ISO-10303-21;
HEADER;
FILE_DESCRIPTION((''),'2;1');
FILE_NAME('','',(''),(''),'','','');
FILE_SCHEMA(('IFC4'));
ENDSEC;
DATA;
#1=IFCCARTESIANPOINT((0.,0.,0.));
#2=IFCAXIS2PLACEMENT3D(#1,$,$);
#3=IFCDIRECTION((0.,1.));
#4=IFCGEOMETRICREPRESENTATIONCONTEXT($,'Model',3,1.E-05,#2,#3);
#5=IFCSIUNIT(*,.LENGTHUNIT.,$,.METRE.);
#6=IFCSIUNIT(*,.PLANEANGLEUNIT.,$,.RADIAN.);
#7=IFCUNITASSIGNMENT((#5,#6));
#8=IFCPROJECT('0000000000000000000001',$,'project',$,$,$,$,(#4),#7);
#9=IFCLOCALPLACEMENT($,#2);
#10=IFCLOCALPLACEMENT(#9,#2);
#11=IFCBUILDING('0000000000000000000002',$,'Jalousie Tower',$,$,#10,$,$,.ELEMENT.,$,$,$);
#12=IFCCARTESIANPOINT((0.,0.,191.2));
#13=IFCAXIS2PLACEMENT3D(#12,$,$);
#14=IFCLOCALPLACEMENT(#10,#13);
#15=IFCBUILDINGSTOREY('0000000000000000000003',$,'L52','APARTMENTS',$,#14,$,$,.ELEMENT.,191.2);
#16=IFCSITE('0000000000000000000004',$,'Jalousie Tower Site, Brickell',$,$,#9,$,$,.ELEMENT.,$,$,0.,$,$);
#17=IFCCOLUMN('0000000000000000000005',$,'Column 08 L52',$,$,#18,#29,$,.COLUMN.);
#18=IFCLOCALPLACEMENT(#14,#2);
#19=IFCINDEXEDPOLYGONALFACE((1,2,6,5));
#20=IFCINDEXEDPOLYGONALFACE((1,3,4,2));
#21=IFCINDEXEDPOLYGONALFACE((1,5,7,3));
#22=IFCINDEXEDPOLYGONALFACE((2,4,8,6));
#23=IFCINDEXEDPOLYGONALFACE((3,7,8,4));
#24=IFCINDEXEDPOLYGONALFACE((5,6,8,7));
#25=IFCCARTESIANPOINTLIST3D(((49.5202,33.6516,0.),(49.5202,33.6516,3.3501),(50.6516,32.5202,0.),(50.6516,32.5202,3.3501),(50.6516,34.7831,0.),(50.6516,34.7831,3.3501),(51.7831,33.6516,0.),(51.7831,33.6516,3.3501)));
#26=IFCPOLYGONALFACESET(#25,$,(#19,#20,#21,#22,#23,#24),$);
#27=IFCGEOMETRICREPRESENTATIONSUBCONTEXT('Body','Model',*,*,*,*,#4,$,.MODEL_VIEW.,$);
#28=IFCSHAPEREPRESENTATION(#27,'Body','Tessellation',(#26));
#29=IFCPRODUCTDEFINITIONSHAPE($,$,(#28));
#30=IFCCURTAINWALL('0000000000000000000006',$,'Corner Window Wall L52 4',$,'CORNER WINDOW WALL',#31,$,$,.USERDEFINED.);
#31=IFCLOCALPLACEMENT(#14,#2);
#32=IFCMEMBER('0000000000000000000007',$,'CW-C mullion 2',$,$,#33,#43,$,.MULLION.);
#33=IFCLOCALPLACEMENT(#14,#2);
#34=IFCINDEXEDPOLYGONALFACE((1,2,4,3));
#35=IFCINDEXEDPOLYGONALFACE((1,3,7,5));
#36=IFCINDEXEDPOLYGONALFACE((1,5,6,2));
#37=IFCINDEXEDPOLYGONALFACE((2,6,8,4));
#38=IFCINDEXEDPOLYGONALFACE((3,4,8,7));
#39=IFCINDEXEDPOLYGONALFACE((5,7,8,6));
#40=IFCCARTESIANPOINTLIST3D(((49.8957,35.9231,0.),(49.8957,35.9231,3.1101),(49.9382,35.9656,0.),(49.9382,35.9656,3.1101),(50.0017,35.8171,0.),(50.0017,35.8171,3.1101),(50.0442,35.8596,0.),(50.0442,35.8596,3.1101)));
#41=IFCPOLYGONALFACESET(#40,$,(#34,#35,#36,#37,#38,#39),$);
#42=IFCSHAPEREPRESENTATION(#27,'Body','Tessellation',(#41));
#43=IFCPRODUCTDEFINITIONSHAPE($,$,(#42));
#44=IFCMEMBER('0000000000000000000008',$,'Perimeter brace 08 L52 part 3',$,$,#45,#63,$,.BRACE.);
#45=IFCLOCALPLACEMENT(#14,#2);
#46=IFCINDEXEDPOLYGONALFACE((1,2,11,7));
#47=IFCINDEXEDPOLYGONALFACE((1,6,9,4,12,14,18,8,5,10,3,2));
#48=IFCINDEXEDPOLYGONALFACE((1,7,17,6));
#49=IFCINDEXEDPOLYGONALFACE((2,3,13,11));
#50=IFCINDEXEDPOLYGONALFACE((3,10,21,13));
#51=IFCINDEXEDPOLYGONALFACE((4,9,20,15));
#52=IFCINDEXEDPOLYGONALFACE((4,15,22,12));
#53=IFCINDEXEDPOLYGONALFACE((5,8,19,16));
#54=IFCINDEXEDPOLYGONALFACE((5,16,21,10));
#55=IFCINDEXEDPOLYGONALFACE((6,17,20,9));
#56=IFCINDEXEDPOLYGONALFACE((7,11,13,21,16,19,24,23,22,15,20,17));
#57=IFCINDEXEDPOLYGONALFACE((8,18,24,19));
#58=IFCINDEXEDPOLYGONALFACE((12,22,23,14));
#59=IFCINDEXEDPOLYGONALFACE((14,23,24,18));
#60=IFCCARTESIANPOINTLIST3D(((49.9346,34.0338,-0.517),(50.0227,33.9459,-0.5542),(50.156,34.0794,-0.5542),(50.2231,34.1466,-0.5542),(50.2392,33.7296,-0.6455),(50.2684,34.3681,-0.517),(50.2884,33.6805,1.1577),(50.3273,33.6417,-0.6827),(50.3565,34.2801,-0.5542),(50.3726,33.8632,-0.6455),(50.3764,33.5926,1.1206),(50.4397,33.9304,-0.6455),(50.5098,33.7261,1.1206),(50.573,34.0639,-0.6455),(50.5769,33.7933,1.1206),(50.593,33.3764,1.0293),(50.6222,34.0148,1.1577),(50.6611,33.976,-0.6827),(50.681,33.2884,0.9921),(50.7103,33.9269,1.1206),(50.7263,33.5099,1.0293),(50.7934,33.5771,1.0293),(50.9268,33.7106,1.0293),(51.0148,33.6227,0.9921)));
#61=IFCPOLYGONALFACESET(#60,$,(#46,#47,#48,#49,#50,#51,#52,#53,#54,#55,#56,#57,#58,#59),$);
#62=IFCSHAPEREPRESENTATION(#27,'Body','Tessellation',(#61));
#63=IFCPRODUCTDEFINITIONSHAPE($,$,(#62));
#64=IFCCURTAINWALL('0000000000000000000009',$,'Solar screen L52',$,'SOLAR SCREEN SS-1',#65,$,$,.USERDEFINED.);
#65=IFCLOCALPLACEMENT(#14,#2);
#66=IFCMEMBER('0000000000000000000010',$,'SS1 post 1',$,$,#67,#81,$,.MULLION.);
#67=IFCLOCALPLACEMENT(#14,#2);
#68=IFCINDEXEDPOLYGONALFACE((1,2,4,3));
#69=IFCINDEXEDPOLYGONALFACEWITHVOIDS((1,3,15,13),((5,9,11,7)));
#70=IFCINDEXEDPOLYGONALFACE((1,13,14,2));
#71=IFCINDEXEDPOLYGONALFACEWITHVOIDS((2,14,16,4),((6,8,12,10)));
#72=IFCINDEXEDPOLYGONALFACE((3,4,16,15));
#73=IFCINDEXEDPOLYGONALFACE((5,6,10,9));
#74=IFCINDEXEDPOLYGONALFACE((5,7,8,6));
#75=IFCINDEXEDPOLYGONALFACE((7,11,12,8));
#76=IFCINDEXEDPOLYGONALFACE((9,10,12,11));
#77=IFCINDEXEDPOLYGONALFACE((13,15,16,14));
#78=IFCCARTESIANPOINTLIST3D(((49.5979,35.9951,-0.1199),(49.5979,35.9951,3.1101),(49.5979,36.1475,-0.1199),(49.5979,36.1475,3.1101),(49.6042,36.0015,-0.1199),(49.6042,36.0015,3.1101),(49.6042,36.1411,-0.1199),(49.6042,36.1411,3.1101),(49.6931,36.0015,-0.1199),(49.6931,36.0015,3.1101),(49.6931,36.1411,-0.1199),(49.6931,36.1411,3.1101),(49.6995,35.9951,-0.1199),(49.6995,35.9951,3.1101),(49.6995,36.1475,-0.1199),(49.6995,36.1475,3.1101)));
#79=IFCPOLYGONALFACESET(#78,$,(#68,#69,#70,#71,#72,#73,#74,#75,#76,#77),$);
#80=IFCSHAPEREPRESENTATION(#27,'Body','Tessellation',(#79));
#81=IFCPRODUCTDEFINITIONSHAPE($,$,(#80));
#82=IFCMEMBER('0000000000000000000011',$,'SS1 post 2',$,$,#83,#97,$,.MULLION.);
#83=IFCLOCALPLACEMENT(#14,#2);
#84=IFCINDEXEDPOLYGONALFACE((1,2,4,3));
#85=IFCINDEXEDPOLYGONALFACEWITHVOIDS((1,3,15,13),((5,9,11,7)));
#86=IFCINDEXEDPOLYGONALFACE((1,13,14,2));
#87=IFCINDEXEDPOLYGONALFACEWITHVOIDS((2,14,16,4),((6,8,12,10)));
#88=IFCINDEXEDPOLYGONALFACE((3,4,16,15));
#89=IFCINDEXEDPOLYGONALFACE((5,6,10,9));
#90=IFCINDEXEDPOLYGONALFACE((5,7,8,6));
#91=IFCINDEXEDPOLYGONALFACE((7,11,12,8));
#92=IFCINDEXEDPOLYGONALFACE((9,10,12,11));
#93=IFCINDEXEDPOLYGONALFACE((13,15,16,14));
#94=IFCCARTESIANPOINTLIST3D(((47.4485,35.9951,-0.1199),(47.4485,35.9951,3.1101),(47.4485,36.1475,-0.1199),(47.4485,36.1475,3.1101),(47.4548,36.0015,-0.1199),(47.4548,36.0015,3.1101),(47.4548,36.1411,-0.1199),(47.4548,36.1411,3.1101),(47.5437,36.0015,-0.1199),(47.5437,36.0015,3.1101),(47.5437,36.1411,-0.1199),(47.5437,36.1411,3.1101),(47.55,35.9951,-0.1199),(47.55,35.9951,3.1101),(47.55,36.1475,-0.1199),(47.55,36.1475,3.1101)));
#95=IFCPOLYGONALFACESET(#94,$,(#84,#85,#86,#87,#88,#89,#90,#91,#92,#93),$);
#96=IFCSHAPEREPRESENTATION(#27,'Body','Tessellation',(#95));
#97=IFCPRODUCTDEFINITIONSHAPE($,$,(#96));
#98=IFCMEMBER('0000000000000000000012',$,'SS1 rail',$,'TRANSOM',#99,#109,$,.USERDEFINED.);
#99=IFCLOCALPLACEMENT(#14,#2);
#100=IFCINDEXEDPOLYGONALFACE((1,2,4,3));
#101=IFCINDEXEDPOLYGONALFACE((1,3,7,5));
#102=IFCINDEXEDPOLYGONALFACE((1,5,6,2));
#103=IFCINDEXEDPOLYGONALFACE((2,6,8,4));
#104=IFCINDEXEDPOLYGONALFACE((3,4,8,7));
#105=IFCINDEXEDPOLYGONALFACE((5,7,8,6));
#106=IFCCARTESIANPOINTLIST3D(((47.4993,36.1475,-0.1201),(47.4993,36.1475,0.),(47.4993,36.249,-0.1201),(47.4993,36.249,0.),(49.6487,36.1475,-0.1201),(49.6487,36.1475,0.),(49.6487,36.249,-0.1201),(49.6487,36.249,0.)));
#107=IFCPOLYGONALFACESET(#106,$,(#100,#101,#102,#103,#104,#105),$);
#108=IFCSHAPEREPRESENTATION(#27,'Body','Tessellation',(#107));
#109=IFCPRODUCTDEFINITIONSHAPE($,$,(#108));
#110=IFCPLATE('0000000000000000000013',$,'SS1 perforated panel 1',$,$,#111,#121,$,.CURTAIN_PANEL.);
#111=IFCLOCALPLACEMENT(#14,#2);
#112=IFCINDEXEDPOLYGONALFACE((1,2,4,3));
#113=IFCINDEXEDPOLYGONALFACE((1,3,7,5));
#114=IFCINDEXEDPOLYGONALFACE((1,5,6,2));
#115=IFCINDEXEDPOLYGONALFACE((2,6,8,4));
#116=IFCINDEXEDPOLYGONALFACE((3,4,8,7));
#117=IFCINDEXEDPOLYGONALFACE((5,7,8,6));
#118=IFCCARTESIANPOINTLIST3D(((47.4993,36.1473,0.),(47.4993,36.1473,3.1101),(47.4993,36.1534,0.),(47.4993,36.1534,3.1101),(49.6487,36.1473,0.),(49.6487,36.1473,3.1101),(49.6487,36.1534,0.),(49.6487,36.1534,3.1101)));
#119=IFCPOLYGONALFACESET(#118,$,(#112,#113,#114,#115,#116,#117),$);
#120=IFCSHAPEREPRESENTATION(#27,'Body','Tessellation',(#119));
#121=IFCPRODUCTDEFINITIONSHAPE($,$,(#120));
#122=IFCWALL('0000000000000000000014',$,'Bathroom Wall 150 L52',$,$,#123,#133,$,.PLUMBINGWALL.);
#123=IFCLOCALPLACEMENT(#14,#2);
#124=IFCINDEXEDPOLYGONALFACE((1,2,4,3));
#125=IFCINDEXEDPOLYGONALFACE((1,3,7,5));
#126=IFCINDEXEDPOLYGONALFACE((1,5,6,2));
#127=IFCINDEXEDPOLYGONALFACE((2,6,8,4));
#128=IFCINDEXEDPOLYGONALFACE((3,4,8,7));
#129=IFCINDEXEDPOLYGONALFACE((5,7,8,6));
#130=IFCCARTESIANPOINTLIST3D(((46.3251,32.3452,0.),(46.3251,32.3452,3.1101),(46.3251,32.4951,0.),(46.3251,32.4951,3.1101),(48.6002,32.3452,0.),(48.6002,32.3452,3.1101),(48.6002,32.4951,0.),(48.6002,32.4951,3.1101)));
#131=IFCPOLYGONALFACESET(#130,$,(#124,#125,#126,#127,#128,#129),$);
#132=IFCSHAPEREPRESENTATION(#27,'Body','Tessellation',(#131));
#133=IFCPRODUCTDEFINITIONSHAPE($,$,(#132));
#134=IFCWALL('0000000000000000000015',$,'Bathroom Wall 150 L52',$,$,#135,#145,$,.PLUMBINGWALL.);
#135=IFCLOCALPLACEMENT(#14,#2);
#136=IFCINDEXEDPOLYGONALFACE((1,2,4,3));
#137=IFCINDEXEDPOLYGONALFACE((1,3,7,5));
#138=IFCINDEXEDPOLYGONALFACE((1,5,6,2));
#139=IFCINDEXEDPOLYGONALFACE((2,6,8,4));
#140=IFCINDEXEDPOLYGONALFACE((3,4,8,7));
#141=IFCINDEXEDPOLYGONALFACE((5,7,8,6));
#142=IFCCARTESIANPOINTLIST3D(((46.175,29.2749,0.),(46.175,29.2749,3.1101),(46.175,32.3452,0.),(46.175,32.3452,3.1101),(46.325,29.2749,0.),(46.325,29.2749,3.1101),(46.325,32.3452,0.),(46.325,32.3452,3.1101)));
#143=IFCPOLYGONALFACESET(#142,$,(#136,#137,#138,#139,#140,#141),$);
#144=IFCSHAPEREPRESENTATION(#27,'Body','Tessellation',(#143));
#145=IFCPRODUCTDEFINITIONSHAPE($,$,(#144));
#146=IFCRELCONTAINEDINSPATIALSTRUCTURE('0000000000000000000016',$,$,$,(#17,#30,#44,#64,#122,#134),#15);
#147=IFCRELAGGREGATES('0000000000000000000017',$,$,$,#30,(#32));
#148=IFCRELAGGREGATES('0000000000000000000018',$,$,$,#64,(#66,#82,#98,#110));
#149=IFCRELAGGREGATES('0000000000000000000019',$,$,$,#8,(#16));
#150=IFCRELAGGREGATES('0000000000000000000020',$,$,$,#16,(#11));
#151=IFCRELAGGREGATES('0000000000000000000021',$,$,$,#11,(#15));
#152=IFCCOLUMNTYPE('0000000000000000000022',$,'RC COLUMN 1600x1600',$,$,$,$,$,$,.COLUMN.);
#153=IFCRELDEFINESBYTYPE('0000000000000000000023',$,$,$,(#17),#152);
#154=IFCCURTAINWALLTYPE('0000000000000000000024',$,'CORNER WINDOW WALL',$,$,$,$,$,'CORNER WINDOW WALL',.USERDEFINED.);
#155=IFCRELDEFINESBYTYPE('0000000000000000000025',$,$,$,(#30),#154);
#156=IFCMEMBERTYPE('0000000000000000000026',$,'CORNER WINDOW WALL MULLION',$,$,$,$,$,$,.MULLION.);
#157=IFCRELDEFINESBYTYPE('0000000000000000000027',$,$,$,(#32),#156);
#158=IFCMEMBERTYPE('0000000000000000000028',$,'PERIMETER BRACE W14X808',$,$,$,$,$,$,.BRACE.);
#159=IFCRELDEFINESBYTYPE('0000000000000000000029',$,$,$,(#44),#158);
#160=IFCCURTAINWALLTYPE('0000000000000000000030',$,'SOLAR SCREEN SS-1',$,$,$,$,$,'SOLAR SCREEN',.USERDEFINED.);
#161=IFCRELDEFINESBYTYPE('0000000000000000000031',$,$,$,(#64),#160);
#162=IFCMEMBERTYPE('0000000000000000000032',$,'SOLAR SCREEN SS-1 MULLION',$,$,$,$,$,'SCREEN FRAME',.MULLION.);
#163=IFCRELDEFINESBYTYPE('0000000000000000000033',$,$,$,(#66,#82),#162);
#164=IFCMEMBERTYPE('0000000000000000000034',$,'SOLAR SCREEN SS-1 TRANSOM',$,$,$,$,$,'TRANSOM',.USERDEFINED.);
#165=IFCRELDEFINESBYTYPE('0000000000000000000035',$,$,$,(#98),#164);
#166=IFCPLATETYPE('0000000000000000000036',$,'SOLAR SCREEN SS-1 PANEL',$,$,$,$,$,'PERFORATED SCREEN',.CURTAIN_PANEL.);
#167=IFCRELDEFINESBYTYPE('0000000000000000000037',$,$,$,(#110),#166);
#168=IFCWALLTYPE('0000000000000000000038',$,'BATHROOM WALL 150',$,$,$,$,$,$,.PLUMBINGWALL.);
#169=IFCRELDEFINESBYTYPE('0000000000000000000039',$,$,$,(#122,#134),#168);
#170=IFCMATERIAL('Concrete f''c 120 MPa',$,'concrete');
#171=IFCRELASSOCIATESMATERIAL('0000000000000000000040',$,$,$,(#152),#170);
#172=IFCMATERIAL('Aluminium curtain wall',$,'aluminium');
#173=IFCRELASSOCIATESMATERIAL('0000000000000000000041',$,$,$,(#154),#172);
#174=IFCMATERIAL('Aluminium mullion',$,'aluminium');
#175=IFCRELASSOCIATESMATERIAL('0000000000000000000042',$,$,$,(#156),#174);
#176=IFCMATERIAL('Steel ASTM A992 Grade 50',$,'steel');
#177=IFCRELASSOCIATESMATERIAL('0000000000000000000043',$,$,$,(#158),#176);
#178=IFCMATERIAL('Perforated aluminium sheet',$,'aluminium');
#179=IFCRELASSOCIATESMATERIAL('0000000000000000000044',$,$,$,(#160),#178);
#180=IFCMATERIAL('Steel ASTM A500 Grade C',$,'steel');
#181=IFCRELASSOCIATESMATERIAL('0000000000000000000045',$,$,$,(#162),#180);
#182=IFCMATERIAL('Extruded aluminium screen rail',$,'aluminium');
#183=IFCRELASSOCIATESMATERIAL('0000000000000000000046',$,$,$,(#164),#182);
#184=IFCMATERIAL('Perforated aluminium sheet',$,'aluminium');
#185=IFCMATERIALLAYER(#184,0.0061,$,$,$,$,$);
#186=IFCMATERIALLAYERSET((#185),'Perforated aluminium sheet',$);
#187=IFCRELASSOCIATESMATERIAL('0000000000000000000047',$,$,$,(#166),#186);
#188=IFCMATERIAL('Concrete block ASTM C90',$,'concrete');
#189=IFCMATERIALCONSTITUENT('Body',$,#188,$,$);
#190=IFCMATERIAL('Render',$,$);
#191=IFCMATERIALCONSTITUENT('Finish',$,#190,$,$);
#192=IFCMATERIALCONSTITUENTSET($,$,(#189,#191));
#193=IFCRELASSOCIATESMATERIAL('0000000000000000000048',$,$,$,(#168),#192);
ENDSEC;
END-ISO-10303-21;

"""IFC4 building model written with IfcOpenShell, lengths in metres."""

from ifc_helpers import new_model, si_unit, direction, frame, frame_2d, origin, origin_2d, place, context, subcontext, project, spatial, rectangle, hollow_rectangle, i_section, extrude, material, layer, layer_set, constituent, constituent_set, material_profile, profile_set, type_object, element, aggregate, save


model = new_model("IFC4")

# Units and contexts
model_context = context("Model", 3, precision=1e-05, world=origin(), true_north=direction((0.0, 1.0)))
body_context = subcontext(model_context, "Body", "Model", "MODEL_VIEW")
ifc_project = project(units=[si_unit("LENGTHUNIT", "METRE"), si_unit("PLANEANGLEUNIT", "RADIAN")], contexts=[model_context])

# Site, building, storey
site_placement = place(None, origin())
site = spatial("IfcSite", under=ifc_project, at=site_placement, Name="Jalousie Tower Site, Brickell", CompositionType="ELEMENT", RefElevation=0.0)
building_placement = place(site_placement, origin())
building = spatial("IfcBuilding", under=site, at=building_placement, Name="Jalousie Tower", CompositionType="ELEMENT")
storey_placement = place(building_placement, frame((0.0, 0.0, 191.2)))
storey = spatial("IfcBuildingStorey", under=building, at=storey_placement, Name="L52", Description="APARTMENTS", CompositionType="ELEMENT", Elevation=191.2)

# Column
ifc_material_1 = material(Name="Concrete f'c 120 MPa", Category="concrete")
ifc_material_profile_1 = material_profile(ifc_material_1, rectangle(XDim=1.6001, YDim=1.6001, at=origin_2d()), Name="RC 1600x1600")
ifc_profile_set_1 = profile_set([ifc_material_profile_1], Name="Concrete f'c 120 MPa")
column_type = type_object("IfcColumnType", Name="RC COLUMN 1600x1600", PredefinedType="COLUMN", material=ifc_profile_set_1)
column_placement = place(storey_placement, frame((50.6516, 33.6516, 0.0), z_axis=(0.0, 0.0, 1.0), x_axis=(0.707107, 0.707107, 0.0)))
element("IfcColumn", 1, at=column_placement, inside=storey, type_object=column_type, Name="Column 08 L52", PredefinedType="COLUMN", context=body_context, shape_type="SweptSolid", body=[
    extrude(rectangle(XDim=1.6001, YDim=1.6001, at=origin_2d()), origin(), (0.0, 0.0, 1.0), 3.3501),
])

# Curtain wall, member
ifc_material_2 = material(Name="Aluminium curtain wall", Category="aluminium")
curtain_wall_type_1 = type_object("IfcCurtainWallType", Name="CORNER WINDOW WALL", ElementType="CORNER WINDOW WALL", PredefinedType="USERDEFINED", material=ifc_material_2)
curtain_wall_1_placement = place(storey_placement, origin())
curtain_wall_1 = element("IfcCurtainWall", 2, at=curtain_wall_1_placement, inside=storey, type_object=curtain_wall_type_1, Name="Corner Window Wall L52 4", ObjectType="CORNER WINDOW WALL", PredefinedType="USERDEFINED")
ifc_material_3 = material(Name="Aluminium mullion", Category="aluminium")
ifc_material_profile_2 = material_profile(ifc_material_3, rectangle(XDim=0.0601, YDim=0.1499, at=origin_2d()), Name="MULLION 60x150")
ifc_profile_set_2 = profile_set([ifc_material_profile_2], Name="Aluminium mullion")
member_type_1 = type_object("IfcMemberType", Name="CORNER WINDOW WALL MULLION", PredefinedType="MULLION", material=ifc_profile_set_2)
member_1_placement = place(storey_placement, frame((49.97, 35.8914, 0.0), z_axis=(0.0, 0.0, 1.0), x_axis=(-0.707107, -0.707107, 0.0)))
member_1 = element("IfcMember", 3, at=member_1_placement, type_object=member_type_1, Name="CW-C mullion 2", PredefinedType="MULLION", context=body_context, shape_type="SweptSolid", body=[
    extrude(rectangle(XDim=0.0601, YDim=0.1499, at=origin_2d()), origin(), (0.0, 0.0, 1.0), 3.1101),
])
aggregate(curtain_wall_1, [member_1])

# Member
ifc_material_4 = material(Name="Steel ASTM A992 Grade 50", Category="steel")
ifc_material_profile_3 = material_profile(ifc_material_4, i_section(OverallWidth=0.4724, OverallDepth=0.5791, WebThickness=0.095, FlangeThickness=0.1299, at=origin_2d()), Name="W14X808")
ifc_profile_set_3 = profile_set([ifc_material_profile_3], Name="Steel ASTM A992 Grade 50")
member_type_2 = type_object("IfcMemberType", Name="PERIMETER BRACE W14X808", PredefinedType="BRACE", material=ifc_profile_set_3)
member_2_placement = place(storey_placement, frame((50.2979, 34.0049, -0.5999), z_axis=(0.202399, -0.20212, 0.958218), x_axis=(0.706618, 0.707595, 0.0)))
element("IfcMember", 4, at=member_2_placement, inside=storey, type_object=member_type_2, Name="Perimeter brace 08 L52 part 3", PredefinedType="BRACE", context=body_context, shape_type="SweptSolid", body=[
    extrude(i_section(OverallWidth=0.4724, OverallDepth=0.5791, WebThickness=0.095, FlangeThickness=0.1299, at=origin_2d()), origin(), (0.0, 0.0, 1.0), 1.7478),
])

# Curtain wall, members, plate
ifc_material_5 = material(Name="Perforated aluminium sheet", Category="aluminium")
curtain_wall_type_2 = type_object("IfcCurtainWallType", Name="SOLAR SCREEN SS-1", ElementType="SOLAR SCREEN", PredefinedType="USERDEFINED", material=ifc_material_5)
curtain_wall_2_placement = place(storey_placement, origin())
curtain_wall_2 = element("IfcCurtainWall", 5, at=curtain_wall_2_placement, inside=storey, type_object=curtain_wall_type_2, Name="Solar screen L52", ObjectType="SOLAR SCREEN SS-1", PredefinedType="USERDEFINED")
ifc_material_6 = material(Name="Steel ASTM A500 Grade C", Category="steel")
ifc_material_profile_4 = material_profile(ifc_material_6, hollow_rectangle(XDim=0.1016, YDim=0.1523, WallThickness=0.0063, at=origin_2d()), Name="HSS6X4X1/4")
ifc_profile_set_4 = profile_set([ifc_material_profile_4], Name="Steel ASTM A500 Grade C")
member_type_3 = type_object("IfcMemberType", Name="SOLAR SCREEN SS-1 MULLION", ElementType="SCREEN FRAME", PredefinedType="MULLION", material=ifc_profile_set_4)
member_3_placement = place(storey_placement, frame((49.6487, 36.0713, -0.1199), z_axis=(0.0, 0.0, 1.0), x_axis=(-1.0, 0.0, 0.0)))
member_3 = element("IfcMember", 6, at=member_3_placement, type_object=member_type_3, Name="SS1 post 1", PredefinedType="MULLION", context=body_context, shape_type="SweptSolid", body=[
    extrude(hollow_rectangle(XDim=0.1016, YDim=0.1523, WallThickness=0.0063, at=origin_2d()), origin(), (0.0, 0.0, 1.0), 3.23),
])
member_4_placement = place(storey_placement, frame((47.4993, 36.0713, -0.1199), z_axis=(0.0, 0.0, 1.0), x_axis=(-1.0, 0.0, 0.0)))
member_4 = element("IfcMember", 7, at=member_4_placement, type_object=member_type_3, Name="SS1 post 2", PredefinedType="MULLION", context=body_context, shape_type="SweptSolid", body=[
    extrude(hollow_rectangle(XDim=0.1016, YDim=0.1523, WallThickness=0.0063, at=origin_2d()), origin(), (0.0, 0.0, 1.0), 3.23),
])
ifc_material_7 = material(Name="Extruded aluminium screen rail", Category="aluminium")
ifc_material_profile_5 = material_profile(ifc_material_7, rectangle(XDim=0.1016, YDim=0.1201, at=origin_2d()), Name="RAIL 102x120")
ifc_profile_set_5 = profile_set([ifc_material_profile_5], Name="Extruded aluminium screen rail")
member_type_4 = type_object("IfcMemberType", Name="SOLAR SCREEN SS-1 TRANSOM", ElementType="TRANSOM", PredefinedType="USERDEFINED", material=ifc_profile_set_5)
member_5_placement = place(storey_placement, frame((49.6487, 36.1982, -0.0601), z_axis=(-1.0, 0.0, 0.0), x_axis=(0.0, -1.0, 0.0)))
member_5 = element("IfcMember", 8, at=member_5_placement, type_object=member_type_4, Name="SS1 rail", ObjectType="TRANSOM", PredefinedType="USERDEFINED", context=body_context, shape_type="SweptSolid", body=[
    extrude(rectangle(XDim=0.1016, YDim=0.1201, at=origin_2d()), origin(), (0.0, 0.0, 1.0), 2.1494),
])
ifc_material_8 = material(Name="Perforated aluminium sheet", Category="aluminium")
ifc_layer = layer(ifc_material_8, 0.0061)
ifc_layer_set = layer_set([ifc_layer], Name="Perforated aluminium sheet")
plate_type = type_object("IfcPlateType", Name="SOLAR SCREEN SS-1 PANEL", ElementType="PERFORATED SCREEN", PredefinedType="CURTAIN_PANEL", material=ifc_layer_set)
plate_placement = place(storey_placement, frame((48.574, 36.1504, 0.0), z_axis=(0.0, 0.0, 1.0), x_axis=(-1.0, 0.0, 0.0)))
plate = element("IfcPlate", 9, at=plate_placement, type_object=plate_type, Name="SS1 perforated panel 1", PredefinedType="CURTAIN_PANEL", context=body_context, shape_type="SweptSolid", body=[
    extrude(rectangle(XDim=2.1494, YDim=0.0061, at=origin_2d()), origin(), (0.0, 0.0, 1.0), 3.1101),
])
aggregate(curtain_wall_2, [member_3, member_4, member_5, plate])

# Walls
ifc_material_9 = material(Name="Concrete block ASTM C90", Category="concrete")
ifc_constituent_1 = constituent(ifc_material_9, Name="Body")
ifc_material_10 = material(Name="Render")
ifc_constituent_2 = constituent(ifc_material_10, Name="Finish")
ifc_constituent_set_1 = constituent_set(constituents=[ifc_constituent_1, ifc_constituent_2])
wall_type_1 = type_object("IfcWallType", Name="BATHROOM WALL 150", PredefinedType="PLUMBINGWALL", material=ifc_constituent_set_1)
wall_1_placement = place(storey_placement, frame((46.325, 32.4202, 0.0), z_axis=(0.0, 0.0, 1.0), x_axis=(1.0, 0.0, 0.0)))
element("IfcWall", 10, at=wall_1_placement, inside=storey, type_object=wall_type_1, Name="Bathroom Wall 150 L52", PredefinedType="PLUMBINGWALL", context=body_context, shape_type="SweptSolid", body=[
    extrude(rectangle(XDim=2.2751, YDim=0.1499, at=frame_2d((1.1377, 0.0))), origin(), (0.0, 0.0, 1.0), 3.1101),
])
wall_2_placement = place(storey_placement, frame((46.25, 32.3452, 0.0), z_axis=(0.0, 0.0, 1.0), x_axis=(0.0, -1.0, 0.0)))
element("IfcWall", 11, at=wall_2_placement, inside=storey, type_object=wall_type_1, Name="Bathroom Wall 150 L52", PredefinedType="PLUMBINGWALL", context=body_context, shape_type="SweptSolid", body=[
    extrude(rectangle(XDim=3.0703, YDim=0.1499, at=frame_2d((1.5352, 0.0))), origin(), (0.0, 0.0, 1.0), 3.1101),
])

save(model, "model.ifc")
